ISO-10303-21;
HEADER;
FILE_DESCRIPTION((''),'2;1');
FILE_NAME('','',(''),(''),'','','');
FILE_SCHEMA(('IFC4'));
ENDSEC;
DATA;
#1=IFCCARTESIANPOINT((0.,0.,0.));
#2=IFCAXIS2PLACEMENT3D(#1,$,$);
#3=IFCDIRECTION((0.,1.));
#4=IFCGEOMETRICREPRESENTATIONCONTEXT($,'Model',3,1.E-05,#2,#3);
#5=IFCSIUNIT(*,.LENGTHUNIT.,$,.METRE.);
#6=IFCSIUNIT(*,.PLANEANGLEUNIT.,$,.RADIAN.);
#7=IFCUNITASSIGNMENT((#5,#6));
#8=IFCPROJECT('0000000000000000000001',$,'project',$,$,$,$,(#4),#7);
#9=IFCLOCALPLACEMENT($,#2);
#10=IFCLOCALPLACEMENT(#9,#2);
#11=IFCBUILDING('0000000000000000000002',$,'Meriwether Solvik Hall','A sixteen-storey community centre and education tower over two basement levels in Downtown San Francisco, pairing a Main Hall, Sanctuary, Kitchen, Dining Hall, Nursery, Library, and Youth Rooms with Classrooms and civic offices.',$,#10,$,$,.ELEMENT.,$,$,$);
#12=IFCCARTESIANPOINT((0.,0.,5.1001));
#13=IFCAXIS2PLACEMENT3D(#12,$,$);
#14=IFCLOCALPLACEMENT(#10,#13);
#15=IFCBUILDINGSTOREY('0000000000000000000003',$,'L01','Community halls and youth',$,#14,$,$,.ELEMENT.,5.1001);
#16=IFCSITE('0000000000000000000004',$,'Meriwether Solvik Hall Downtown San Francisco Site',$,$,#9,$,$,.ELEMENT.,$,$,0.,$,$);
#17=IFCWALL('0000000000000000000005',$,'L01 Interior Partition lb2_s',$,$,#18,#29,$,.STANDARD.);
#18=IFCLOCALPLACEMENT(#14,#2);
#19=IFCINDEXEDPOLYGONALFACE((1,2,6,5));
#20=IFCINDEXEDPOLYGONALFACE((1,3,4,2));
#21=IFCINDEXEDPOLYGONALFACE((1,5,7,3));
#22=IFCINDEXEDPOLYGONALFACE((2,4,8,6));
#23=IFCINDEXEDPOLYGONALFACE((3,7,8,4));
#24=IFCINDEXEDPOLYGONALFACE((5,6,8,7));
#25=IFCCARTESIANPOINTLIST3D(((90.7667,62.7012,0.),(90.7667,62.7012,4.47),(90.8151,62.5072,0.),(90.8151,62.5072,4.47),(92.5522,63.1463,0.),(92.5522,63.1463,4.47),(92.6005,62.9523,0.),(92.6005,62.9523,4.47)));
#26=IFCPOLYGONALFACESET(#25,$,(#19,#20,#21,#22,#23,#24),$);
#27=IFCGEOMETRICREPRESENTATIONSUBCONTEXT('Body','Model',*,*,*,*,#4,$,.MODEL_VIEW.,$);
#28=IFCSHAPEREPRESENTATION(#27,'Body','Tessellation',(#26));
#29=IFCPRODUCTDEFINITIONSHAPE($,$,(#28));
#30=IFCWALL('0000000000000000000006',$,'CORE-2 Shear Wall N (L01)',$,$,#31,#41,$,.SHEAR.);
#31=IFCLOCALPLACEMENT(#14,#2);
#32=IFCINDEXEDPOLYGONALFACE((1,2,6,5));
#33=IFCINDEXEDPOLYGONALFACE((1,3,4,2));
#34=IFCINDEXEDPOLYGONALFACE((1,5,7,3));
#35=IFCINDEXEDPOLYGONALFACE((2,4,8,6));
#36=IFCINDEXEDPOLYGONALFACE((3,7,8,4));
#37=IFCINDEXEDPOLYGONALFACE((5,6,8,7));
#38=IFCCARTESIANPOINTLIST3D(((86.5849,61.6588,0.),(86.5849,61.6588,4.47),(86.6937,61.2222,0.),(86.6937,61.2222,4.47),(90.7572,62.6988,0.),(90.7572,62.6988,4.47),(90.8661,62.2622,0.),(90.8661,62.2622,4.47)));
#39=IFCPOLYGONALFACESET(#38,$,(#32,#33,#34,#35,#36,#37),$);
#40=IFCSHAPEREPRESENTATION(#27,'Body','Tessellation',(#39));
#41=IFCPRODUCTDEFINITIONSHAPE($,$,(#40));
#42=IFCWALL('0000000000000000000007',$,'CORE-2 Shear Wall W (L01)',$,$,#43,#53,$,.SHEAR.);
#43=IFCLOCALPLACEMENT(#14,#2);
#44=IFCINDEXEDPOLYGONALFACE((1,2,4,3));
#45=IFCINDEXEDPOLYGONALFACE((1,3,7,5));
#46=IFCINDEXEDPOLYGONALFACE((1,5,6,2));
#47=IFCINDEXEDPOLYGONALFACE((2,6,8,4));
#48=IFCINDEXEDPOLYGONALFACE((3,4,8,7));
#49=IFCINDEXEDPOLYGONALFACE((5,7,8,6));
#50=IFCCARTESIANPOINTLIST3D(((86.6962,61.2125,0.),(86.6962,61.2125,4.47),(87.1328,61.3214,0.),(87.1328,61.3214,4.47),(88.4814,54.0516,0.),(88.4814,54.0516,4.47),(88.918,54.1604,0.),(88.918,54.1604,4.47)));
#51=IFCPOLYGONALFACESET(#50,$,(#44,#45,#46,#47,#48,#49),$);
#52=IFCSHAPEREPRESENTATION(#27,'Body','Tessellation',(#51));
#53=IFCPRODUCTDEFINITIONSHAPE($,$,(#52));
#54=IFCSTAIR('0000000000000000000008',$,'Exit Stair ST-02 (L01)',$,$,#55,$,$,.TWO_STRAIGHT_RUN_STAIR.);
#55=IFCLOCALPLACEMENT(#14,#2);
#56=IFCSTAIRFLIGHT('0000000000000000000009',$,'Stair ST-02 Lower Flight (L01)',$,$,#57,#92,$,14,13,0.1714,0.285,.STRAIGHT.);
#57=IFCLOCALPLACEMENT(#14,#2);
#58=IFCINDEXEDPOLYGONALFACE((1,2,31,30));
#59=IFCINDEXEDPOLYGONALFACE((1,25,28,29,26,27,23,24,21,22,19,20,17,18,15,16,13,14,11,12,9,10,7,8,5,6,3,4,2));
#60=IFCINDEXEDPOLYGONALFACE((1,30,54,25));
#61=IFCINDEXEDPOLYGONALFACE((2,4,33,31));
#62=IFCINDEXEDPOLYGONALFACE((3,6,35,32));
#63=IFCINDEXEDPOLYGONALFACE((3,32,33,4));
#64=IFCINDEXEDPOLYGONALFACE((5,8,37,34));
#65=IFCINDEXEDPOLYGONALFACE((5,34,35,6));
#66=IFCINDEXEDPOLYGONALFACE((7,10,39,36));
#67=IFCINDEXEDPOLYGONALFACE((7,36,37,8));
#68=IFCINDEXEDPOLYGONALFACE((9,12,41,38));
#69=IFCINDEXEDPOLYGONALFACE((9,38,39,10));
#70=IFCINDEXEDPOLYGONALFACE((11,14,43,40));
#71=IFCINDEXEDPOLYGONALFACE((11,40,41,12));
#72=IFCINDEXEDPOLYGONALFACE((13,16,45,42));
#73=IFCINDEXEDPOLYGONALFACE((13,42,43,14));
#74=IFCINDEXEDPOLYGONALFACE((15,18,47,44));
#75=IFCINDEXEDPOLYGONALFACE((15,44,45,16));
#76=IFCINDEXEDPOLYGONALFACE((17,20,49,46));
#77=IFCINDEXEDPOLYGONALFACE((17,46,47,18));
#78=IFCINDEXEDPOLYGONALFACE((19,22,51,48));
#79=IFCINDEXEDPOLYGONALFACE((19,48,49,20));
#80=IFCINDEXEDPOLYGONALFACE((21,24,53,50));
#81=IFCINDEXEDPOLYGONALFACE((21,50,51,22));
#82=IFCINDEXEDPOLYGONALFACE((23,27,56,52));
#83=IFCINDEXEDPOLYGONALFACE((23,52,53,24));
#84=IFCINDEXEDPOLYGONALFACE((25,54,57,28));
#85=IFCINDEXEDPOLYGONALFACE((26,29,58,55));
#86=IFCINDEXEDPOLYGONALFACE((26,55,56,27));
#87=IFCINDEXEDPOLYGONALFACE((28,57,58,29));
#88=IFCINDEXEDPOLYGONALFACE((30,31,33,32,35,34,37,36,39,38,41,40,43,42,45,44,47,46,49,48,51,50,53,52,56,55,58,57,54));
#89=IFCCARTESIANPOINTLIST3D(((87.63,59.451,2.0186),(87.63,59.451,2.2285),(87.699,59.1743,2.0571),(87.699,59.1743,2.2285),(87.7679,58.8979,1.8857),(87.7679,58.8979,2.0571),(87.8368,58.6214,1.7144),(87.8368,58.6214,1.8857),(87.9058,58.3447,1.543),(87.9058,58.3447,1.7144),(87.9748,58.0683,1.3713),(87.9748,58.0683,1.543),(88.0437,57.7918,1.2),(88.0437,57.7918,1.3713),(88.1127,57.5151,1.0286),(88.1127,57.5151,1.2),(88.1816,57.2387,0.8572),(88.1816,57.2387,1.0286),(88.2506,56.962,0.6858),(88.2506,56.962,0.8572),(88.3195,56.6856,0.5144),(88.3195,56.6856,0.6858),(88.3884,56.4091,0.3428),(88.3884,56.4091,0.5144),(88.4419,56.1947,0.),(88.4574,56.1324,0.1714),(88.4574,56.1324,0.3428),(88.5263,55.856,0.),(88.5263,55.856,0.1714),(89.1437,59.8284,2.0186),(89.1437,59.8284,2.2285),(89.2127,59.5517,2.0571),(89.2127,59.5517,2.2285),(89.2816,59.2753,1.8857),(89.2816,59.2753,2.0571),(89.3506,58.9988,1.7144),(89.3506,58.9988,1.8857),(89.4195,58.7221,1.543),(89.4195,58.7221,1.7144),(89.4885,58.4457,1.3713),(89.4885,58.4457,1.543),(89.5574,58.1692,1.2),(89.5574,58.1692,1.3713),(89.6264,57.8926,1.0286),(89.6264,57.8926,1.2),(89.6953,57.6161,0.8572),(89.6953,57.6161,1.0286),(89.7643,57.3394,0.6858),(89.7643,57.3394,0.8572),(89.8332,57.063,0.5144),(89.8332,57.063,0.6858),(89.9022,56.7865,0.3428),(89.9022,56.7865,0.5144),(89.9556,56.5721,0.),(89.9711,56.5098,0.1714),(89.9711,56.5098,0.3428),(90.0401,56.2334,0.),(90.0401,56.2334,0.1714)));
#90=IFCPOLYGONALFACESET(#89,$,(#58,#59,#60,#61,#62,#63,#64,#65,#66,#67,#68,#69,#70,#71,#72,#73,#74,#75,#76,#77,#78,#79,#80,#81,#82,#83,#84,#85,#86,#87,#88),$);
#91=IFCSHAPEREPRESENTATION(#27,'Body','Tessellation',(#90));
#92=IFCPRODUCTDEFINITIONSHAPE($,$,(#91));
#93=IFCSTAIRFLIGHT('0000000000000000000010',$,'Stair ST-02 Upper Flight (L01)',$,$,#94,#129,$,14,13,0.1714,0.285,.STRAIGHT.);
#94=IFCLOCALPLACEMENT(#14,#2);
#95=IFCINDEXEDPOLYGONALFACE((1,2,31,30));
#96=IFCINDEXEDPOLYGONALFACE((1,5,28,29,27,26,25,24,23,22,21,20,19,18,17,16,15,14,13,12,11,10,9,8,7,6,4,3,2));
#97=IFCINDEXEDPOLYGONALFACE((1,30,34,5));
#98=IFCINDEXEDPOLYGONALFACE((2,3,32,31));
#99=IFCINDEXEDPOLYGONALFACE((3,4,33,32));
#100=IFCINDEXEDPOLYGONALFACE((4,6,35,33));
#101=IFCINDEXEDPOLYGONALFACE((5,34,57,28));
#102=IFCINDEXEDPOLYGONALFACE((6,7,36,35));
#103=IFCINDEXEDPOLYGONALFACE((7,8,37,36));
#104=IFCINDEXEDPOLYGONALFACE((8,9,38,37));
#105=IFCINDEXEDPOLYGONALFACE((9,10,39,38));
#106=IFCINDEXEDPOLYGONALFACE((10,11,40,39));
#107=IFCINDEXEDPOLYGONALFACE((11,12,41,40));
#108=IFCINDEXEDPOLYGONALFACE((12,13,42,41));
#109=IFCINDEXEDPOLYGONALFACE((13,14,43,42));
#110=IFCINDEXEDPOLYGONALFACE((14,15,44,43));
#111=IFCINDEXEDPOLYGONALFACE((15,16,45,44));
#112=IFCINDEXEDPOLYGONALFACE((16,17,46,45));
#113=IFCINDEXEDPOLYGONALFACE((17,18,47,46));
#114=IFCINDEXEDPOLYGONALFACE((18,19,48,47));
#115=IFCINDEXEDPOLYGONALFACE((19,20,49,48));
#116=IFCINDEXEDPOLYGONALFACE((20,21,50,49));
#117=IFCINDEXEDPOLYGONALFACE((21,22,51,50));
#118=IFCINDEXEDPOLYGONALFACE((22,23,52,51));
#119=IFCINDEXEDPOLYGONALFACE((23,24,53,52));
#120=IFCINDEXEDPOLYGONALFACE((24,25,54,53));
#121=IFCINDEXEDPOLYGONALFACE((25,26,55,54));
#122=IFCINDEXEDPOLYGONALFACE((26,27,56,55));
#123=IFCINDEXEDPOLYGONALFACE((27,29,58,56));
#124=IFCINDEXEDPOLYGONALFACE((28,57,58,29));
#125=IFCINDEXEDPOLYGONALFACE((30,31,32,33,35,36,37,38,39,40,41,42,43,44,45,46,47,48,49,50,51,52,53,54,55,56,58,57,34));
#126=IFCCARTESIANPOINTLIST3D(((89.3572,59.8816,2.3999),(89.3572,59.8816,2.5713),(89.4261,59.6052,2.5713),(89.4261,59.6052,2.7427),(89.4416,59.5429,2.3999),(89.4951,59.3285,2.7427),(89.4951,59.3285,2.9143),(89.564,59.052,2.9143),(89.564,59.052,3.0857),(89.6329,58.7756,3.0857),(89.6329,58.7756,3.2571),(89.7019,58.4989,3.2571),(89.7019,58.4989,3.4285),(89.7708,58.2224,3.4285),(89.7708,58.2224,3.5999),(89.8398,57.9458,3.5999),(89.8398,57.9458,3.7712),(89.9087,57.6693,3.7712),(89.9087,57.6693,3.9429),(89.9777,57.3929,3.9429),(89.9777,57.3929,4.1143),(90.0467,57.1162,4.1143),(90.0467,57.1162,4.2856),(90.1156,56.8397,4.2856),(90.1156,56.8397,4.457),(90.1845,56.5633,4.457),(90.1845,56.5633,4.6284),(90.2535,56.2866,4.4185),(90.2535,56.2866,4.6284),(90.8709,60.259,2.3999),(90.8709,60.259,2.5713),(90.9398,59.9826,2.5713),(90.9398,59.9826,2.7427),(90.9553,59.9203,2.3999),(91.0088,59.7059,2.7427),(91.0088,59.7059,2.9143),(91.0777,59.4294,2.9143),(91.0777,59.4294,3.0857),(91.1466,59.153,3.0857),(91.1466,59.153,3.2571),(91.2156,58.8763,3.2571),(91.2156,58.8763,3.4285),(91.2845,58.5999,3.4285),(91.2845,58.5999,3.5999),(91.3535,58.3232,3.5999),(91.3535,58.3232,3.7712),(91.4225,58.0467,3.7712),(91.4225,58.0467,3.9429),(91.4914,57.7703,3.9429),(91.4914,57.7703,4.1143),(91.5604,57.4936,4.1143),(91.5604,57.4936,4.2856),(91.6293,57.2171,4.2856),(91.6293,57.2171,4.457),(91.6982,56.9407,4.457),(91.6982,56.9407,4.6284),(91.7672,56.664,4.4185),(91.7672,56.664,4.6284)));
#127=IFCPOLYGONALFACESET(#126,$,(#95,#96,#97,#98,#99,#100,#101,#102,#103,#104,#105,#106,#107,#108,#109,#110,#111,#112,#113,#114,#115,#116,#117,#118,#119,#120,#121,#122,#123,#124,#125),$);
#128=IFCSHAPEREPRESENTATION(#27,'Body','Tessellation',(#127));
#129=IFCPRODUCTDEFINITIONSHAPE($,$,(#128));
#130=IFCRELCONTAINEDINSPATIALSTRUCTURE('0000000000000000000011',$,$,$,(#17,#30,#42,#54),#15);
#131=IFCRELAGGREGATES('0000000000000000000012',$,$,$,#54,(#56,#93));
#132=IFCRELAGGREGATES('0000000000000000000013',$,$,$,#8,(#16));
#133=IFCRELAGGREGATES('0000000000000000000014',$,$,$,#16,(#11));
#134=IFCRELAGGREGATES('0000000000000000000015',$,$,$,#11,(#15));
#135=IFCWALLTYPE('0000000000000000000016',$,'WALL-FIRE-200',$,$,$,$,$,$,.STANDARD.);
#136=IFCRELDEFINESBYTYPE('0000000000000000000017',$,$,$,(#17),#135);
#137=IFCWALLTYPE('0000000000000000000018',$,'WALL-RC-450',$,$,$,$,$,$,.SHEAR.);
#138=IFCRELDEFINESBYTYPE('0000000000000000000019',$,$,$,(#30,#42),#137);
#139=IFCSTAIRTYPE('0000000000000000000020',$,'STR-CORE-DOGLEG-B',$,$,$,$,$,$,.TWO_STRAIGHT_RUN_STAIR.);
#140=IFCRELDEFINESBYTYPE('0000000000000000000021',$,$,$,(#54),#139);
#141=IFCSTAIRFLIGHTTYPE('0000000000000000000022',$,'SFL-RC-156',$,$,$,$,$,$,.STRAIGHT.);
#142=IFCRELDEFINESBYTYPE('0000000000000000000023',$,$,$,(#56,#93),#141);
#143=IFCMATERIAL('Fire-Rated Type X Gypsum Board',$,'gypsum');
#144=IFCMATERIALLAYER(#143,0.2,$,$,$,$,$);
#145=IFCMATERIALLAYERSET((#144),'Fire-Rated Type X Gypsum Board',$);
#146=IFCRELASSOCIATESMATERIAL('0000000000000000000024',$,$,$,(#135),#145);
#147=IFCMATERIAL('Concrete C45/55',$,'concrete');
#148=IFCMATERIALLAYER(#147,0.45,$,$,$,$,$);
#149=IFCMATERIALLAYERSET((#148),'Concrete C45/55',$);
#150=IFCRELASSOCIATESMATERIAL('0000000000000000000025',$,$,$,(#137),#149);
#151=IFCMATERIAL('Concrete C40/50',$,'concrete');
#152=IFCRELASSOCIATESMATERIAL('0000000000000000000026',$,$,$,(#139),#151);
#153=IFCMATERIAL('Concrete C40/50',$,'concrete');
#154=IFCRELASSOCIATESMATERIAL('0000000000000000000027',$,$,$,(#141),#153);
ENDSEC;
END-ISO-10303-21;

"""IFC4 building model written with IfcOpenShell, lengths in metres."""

from ifc_helpers import new_model, si_unit, direction, frame, frame_2d, origin, place, context, subcontext, project, spatial, polyline, rectangle, outline, extrude, material, layer, layer_set, type_object, element, aggregate, save


model = new_model("IFC4")

# Units and contexts
model_context = context("Model", 3, precision=1e-05, world=origin(), true_north=direction((0.0, 1.0)))
body_context = subcontext(model_context, "Body", "Model", "MODEL_VIEW")
ifc_project = project(units=[si_unit("LENGTHUNIT", "METRE"), si_unit("PLANEANGLEUNIT", "RADIAN")], contexts=[model_context])

# Site, building, storey
site_placement = place(None, origin())
site = spatial("IfcSite", under=ifc_project, at=site_placement, Name="Meriwether Solvik Hall Downtown San Francisco Site", CompositionType="ELEMENT", RefElevation=0.0)
building_placement = place(site_placement, origin())
building = spatial("IfcBuilding", under=site, at=building_placement, Name="Meriwether Solvik Hall", Description="A sixteen-storey community centre and education tower over two basement levels in Downtown San Francisco, pairing a Main Hall, Sanctuary, Kitchen, Dining Hall, Nursery, Library, and Youth Rooms with Classrooms and civic offices.", CompositionType="ELEMENT")
storey_placement = place(building_placement, frame((0.0, 0.0, 5.1001)))
storey = spatial("IfcBuildingStorey", under=building, at=storey_placement, Name="L01", Description="Community halls and youth", CompositionType="ELEMENT", Elevation=5.1001)

# Shared definitions
ifc_material_1 = material(Name="Fire-Rated Type X Gypsum Board", Category="gypsum")
ifc_layer_1 = layer(ifc_material_1, 0.2)
ifc_layer_set_1 = layer_set([ifc_layer_1], Name="Fire-Rated Type X Gypsum Board")
wall_type_1 = type_object("IfcWallType", Name="WALL-FIRE-200", PredefinedType="STANDARD", material=ifc_layer_set_1)

# Walls
wall_1_placement = place(storey_placement, frame((90.791, 62.6042, 0.0), z_axis=(0.0, 0.0, 1.0), x_axis=(0.970306, 0.24188, 0.0)))
element("IfcWall", 1, at=wall_1_placement, inside=storey, type_object=wall_type_1, Name="L01 Interior Partition lb2_s", PredefinedType="STANDARD", context=body_context, shape_type="SweptSolid", body=[
    extrude(rectangle(XDim=1.8401, YDim=0.2, at=frame_2d((0.9199, 0.0))), origin(), (0.0, 0.0, 1.0), 4.47),
])
ifc_material_2 = material(Name="Concrete C45/55", Category="concrete")
ifc_layer_2 = layer(ifc_material_2, 0.45)
ifc_layer_set_2 = layer_set([ifc_layer_2], Name="Concrete C45/55")
wall_type_2 = type_object("IfcWallType", Name="WALL-RC-450", PredefinedType="SHEAR", material=ifc_layer_set_2)
wall_2_placement = place(storey_placement, frame((90.8115, 62.4805, 0.0), z_axis=(0.0, 0.0, 1.0), x_axis=(-0.970309, -0.241868, 0.0)))
element("IfcWall", 2, at=wall_2_placement, inside=storey, type_object=wall_type_2, Name="CORE-2 Shear Wall N (L01)", PredefinedType="SHEAR", context=body_context, shape_type="SweptSolid", body=[
    extrude(rectangle(XDim=4.3, YDim=0.45, at=frame_2d((2.1499, 0.0))), origin(), (0.0, 0.0, 1.0), 4.47),
])
wall_3_placement = place(storey_placement, frame((86.9146, 61.2668, 0.0), z_axis=(0.0, 0.0, 1.0), x_axis=(0.24189, -0.970304, 0.0)))
element("IfcWall", 3, at=wall_3_placement, inside=storey, type_object=wall_type_2, Name="CORE-2 Shear Wall W (L01)", PredefinedType="SHEAR", context=body_context, shape_type="SweptSolid", body=[
    extrude(rectangle(XDim=7.3801, YDim=0.45, at=frame_2d((3.6899, 0.0))), origin(), (0.0, 0.0, 1.0), 4.47),
])

# Stair, stair flights
ifc_material_3 = material(Name="Concrete C40/50", Category="concrete")
stair_type = type_object("IfcStairType", Name="STR-CORE-DOGLEG-B", PredefinedType="TWO_STRAIGHT_RUN_STAIR", material=ifc_material_3)
stair_placement = place(storey_placement, origin())
stair = element("IfcStair", 4, at=stair_placement, inside=storey, type_object=stair_type, Name="Exit Stair ST-02 (L01)", PredefinedType="TWO_STRAIGHT_RUN_STAIR")
ifc_material_4 = material(Name="Concrete C40/50", Category="concrete")
stair_flight_type = type_object("IfcStairFlightType", Name="SFL-RC-156", PredefinedType="STRAIGHT", material=ifc_material_4)
stair_flight_1_placement = place(storey_placement, frame((89.2832, 56.0447, 0.0), z_axis=(0.0, 0.0, 1.0), x_axis=(-0.241922, 0.970296, 0.0)))
stair_flight_1 = element("IfcStairFlight", 5, at=stair_flight_1_placement, type_object=stair_flight_type, Name="Stair ST-02 Lower Flight (L01)", NumberOfRisers=14, NumberOfTreads=13, PredefinedType="STRAIGHT", RiserHeight=0.1714, TreadLength=0.285, context=body_context, shape_type="SweptSolid", body=[
    extrude(outline(polyline([(0.0, 0.0), (0.0, 0.1714), (0.2849, 0.1714), (0.2849, 0.3428), (0.5701, 0.3428), (0.5701, 0.5144), (0.855, 0.5144), (0.855, 0.6858), (1.1399, 0.6858), (1.1399, 0.8572), (1.425, 0.8572), (1.425, 1.0286), (1.71, 1.0286), (1.71, 1.2), (1.9951, 1.2), (1.9951, 1.3713), (2.28, 1.3713), (2.28, 1.543), (2.5649, 1.543), (2.5649, 1.7144), (2.8501, 1.7144), (2.8501, 1.8857), (3.135, 1.8857), (3.135, 2.0571), (3.4199, 2.0571), (3.4199, 2.2285), (3.7051, 2.2285), (3.7051, 2.3999), (3.7051, 2.0186), (0.3491, 0.0), (0.0, 0.0)])), frame((0.0, 0.78, 0.0), z_axis=(0.0, -1.0, 0.0), x_axis=(1.0, 0.0, 0.0)), (0.0, 0.0, 1.0), 1.5601),
])
stair_flight_2_placement = place(storey_placement, frame((90.114, 60.0703, 2.3999), z_axis=(0.0, 0.0, 1.0), x_axis=(0.241922, -0.970296, 0.0)))
stair_flight_2 = element("IfcStairFlight", 6, at=stair_flight_2_placement, type_object=stair_flight_type, Name="Stair ST-02 Upper Flight (L01)", NumberOfRisers=14, NumberOfTreads=13, PredefinedType="STRAIGHT", RiserHeight=0.1714, TreadLength=0.285, context=body_context, shape_type="SweptSolid", body=[
    extrude(outline(polyline([(0.0, 0.0), (0.0, 0.1714), (0.2849, 0.1714), (0.2849, 0.3428), (0.5701, 0.3428), (0.5701, 0.5144), (0.855, 0.5144), (0.855, 0.6858), (1.1399, 0.6858), (1.1399, 0.8572), (1.425, 0.8572), (1.425, 1.0286), (1.71, 1.0286), (1.71, 1.2), (1.9951, 1.2), (1.9951, 1.3713), (2.28, 1.3713), (2.28, 1.543), (2.5649, 1.543), (2.5649, 1.7144), (2.8501, 1.7144), (2.8501, 1.8857), (3.135, 1.8857), (3.135, 2.0571), (3.4199, 2.0571), (3.4199, 2.2285), (3.7051, 2.2285), (3.7051, 2.3999), (3.7051, 2.0186), (0.3491, 0.0), (0.0, 0.0)])), frame((0.0, 0.78, 0.0), z_axis=(0.0, -1.0, 0.0), x_axis=(1.0, 0.0, 0.0)), (0.0, 0.0, 1.0), 1.5601),
])
aggregate(stair, [stair_flight_1, stair_flight_2])

save(model, "model.ifc")
